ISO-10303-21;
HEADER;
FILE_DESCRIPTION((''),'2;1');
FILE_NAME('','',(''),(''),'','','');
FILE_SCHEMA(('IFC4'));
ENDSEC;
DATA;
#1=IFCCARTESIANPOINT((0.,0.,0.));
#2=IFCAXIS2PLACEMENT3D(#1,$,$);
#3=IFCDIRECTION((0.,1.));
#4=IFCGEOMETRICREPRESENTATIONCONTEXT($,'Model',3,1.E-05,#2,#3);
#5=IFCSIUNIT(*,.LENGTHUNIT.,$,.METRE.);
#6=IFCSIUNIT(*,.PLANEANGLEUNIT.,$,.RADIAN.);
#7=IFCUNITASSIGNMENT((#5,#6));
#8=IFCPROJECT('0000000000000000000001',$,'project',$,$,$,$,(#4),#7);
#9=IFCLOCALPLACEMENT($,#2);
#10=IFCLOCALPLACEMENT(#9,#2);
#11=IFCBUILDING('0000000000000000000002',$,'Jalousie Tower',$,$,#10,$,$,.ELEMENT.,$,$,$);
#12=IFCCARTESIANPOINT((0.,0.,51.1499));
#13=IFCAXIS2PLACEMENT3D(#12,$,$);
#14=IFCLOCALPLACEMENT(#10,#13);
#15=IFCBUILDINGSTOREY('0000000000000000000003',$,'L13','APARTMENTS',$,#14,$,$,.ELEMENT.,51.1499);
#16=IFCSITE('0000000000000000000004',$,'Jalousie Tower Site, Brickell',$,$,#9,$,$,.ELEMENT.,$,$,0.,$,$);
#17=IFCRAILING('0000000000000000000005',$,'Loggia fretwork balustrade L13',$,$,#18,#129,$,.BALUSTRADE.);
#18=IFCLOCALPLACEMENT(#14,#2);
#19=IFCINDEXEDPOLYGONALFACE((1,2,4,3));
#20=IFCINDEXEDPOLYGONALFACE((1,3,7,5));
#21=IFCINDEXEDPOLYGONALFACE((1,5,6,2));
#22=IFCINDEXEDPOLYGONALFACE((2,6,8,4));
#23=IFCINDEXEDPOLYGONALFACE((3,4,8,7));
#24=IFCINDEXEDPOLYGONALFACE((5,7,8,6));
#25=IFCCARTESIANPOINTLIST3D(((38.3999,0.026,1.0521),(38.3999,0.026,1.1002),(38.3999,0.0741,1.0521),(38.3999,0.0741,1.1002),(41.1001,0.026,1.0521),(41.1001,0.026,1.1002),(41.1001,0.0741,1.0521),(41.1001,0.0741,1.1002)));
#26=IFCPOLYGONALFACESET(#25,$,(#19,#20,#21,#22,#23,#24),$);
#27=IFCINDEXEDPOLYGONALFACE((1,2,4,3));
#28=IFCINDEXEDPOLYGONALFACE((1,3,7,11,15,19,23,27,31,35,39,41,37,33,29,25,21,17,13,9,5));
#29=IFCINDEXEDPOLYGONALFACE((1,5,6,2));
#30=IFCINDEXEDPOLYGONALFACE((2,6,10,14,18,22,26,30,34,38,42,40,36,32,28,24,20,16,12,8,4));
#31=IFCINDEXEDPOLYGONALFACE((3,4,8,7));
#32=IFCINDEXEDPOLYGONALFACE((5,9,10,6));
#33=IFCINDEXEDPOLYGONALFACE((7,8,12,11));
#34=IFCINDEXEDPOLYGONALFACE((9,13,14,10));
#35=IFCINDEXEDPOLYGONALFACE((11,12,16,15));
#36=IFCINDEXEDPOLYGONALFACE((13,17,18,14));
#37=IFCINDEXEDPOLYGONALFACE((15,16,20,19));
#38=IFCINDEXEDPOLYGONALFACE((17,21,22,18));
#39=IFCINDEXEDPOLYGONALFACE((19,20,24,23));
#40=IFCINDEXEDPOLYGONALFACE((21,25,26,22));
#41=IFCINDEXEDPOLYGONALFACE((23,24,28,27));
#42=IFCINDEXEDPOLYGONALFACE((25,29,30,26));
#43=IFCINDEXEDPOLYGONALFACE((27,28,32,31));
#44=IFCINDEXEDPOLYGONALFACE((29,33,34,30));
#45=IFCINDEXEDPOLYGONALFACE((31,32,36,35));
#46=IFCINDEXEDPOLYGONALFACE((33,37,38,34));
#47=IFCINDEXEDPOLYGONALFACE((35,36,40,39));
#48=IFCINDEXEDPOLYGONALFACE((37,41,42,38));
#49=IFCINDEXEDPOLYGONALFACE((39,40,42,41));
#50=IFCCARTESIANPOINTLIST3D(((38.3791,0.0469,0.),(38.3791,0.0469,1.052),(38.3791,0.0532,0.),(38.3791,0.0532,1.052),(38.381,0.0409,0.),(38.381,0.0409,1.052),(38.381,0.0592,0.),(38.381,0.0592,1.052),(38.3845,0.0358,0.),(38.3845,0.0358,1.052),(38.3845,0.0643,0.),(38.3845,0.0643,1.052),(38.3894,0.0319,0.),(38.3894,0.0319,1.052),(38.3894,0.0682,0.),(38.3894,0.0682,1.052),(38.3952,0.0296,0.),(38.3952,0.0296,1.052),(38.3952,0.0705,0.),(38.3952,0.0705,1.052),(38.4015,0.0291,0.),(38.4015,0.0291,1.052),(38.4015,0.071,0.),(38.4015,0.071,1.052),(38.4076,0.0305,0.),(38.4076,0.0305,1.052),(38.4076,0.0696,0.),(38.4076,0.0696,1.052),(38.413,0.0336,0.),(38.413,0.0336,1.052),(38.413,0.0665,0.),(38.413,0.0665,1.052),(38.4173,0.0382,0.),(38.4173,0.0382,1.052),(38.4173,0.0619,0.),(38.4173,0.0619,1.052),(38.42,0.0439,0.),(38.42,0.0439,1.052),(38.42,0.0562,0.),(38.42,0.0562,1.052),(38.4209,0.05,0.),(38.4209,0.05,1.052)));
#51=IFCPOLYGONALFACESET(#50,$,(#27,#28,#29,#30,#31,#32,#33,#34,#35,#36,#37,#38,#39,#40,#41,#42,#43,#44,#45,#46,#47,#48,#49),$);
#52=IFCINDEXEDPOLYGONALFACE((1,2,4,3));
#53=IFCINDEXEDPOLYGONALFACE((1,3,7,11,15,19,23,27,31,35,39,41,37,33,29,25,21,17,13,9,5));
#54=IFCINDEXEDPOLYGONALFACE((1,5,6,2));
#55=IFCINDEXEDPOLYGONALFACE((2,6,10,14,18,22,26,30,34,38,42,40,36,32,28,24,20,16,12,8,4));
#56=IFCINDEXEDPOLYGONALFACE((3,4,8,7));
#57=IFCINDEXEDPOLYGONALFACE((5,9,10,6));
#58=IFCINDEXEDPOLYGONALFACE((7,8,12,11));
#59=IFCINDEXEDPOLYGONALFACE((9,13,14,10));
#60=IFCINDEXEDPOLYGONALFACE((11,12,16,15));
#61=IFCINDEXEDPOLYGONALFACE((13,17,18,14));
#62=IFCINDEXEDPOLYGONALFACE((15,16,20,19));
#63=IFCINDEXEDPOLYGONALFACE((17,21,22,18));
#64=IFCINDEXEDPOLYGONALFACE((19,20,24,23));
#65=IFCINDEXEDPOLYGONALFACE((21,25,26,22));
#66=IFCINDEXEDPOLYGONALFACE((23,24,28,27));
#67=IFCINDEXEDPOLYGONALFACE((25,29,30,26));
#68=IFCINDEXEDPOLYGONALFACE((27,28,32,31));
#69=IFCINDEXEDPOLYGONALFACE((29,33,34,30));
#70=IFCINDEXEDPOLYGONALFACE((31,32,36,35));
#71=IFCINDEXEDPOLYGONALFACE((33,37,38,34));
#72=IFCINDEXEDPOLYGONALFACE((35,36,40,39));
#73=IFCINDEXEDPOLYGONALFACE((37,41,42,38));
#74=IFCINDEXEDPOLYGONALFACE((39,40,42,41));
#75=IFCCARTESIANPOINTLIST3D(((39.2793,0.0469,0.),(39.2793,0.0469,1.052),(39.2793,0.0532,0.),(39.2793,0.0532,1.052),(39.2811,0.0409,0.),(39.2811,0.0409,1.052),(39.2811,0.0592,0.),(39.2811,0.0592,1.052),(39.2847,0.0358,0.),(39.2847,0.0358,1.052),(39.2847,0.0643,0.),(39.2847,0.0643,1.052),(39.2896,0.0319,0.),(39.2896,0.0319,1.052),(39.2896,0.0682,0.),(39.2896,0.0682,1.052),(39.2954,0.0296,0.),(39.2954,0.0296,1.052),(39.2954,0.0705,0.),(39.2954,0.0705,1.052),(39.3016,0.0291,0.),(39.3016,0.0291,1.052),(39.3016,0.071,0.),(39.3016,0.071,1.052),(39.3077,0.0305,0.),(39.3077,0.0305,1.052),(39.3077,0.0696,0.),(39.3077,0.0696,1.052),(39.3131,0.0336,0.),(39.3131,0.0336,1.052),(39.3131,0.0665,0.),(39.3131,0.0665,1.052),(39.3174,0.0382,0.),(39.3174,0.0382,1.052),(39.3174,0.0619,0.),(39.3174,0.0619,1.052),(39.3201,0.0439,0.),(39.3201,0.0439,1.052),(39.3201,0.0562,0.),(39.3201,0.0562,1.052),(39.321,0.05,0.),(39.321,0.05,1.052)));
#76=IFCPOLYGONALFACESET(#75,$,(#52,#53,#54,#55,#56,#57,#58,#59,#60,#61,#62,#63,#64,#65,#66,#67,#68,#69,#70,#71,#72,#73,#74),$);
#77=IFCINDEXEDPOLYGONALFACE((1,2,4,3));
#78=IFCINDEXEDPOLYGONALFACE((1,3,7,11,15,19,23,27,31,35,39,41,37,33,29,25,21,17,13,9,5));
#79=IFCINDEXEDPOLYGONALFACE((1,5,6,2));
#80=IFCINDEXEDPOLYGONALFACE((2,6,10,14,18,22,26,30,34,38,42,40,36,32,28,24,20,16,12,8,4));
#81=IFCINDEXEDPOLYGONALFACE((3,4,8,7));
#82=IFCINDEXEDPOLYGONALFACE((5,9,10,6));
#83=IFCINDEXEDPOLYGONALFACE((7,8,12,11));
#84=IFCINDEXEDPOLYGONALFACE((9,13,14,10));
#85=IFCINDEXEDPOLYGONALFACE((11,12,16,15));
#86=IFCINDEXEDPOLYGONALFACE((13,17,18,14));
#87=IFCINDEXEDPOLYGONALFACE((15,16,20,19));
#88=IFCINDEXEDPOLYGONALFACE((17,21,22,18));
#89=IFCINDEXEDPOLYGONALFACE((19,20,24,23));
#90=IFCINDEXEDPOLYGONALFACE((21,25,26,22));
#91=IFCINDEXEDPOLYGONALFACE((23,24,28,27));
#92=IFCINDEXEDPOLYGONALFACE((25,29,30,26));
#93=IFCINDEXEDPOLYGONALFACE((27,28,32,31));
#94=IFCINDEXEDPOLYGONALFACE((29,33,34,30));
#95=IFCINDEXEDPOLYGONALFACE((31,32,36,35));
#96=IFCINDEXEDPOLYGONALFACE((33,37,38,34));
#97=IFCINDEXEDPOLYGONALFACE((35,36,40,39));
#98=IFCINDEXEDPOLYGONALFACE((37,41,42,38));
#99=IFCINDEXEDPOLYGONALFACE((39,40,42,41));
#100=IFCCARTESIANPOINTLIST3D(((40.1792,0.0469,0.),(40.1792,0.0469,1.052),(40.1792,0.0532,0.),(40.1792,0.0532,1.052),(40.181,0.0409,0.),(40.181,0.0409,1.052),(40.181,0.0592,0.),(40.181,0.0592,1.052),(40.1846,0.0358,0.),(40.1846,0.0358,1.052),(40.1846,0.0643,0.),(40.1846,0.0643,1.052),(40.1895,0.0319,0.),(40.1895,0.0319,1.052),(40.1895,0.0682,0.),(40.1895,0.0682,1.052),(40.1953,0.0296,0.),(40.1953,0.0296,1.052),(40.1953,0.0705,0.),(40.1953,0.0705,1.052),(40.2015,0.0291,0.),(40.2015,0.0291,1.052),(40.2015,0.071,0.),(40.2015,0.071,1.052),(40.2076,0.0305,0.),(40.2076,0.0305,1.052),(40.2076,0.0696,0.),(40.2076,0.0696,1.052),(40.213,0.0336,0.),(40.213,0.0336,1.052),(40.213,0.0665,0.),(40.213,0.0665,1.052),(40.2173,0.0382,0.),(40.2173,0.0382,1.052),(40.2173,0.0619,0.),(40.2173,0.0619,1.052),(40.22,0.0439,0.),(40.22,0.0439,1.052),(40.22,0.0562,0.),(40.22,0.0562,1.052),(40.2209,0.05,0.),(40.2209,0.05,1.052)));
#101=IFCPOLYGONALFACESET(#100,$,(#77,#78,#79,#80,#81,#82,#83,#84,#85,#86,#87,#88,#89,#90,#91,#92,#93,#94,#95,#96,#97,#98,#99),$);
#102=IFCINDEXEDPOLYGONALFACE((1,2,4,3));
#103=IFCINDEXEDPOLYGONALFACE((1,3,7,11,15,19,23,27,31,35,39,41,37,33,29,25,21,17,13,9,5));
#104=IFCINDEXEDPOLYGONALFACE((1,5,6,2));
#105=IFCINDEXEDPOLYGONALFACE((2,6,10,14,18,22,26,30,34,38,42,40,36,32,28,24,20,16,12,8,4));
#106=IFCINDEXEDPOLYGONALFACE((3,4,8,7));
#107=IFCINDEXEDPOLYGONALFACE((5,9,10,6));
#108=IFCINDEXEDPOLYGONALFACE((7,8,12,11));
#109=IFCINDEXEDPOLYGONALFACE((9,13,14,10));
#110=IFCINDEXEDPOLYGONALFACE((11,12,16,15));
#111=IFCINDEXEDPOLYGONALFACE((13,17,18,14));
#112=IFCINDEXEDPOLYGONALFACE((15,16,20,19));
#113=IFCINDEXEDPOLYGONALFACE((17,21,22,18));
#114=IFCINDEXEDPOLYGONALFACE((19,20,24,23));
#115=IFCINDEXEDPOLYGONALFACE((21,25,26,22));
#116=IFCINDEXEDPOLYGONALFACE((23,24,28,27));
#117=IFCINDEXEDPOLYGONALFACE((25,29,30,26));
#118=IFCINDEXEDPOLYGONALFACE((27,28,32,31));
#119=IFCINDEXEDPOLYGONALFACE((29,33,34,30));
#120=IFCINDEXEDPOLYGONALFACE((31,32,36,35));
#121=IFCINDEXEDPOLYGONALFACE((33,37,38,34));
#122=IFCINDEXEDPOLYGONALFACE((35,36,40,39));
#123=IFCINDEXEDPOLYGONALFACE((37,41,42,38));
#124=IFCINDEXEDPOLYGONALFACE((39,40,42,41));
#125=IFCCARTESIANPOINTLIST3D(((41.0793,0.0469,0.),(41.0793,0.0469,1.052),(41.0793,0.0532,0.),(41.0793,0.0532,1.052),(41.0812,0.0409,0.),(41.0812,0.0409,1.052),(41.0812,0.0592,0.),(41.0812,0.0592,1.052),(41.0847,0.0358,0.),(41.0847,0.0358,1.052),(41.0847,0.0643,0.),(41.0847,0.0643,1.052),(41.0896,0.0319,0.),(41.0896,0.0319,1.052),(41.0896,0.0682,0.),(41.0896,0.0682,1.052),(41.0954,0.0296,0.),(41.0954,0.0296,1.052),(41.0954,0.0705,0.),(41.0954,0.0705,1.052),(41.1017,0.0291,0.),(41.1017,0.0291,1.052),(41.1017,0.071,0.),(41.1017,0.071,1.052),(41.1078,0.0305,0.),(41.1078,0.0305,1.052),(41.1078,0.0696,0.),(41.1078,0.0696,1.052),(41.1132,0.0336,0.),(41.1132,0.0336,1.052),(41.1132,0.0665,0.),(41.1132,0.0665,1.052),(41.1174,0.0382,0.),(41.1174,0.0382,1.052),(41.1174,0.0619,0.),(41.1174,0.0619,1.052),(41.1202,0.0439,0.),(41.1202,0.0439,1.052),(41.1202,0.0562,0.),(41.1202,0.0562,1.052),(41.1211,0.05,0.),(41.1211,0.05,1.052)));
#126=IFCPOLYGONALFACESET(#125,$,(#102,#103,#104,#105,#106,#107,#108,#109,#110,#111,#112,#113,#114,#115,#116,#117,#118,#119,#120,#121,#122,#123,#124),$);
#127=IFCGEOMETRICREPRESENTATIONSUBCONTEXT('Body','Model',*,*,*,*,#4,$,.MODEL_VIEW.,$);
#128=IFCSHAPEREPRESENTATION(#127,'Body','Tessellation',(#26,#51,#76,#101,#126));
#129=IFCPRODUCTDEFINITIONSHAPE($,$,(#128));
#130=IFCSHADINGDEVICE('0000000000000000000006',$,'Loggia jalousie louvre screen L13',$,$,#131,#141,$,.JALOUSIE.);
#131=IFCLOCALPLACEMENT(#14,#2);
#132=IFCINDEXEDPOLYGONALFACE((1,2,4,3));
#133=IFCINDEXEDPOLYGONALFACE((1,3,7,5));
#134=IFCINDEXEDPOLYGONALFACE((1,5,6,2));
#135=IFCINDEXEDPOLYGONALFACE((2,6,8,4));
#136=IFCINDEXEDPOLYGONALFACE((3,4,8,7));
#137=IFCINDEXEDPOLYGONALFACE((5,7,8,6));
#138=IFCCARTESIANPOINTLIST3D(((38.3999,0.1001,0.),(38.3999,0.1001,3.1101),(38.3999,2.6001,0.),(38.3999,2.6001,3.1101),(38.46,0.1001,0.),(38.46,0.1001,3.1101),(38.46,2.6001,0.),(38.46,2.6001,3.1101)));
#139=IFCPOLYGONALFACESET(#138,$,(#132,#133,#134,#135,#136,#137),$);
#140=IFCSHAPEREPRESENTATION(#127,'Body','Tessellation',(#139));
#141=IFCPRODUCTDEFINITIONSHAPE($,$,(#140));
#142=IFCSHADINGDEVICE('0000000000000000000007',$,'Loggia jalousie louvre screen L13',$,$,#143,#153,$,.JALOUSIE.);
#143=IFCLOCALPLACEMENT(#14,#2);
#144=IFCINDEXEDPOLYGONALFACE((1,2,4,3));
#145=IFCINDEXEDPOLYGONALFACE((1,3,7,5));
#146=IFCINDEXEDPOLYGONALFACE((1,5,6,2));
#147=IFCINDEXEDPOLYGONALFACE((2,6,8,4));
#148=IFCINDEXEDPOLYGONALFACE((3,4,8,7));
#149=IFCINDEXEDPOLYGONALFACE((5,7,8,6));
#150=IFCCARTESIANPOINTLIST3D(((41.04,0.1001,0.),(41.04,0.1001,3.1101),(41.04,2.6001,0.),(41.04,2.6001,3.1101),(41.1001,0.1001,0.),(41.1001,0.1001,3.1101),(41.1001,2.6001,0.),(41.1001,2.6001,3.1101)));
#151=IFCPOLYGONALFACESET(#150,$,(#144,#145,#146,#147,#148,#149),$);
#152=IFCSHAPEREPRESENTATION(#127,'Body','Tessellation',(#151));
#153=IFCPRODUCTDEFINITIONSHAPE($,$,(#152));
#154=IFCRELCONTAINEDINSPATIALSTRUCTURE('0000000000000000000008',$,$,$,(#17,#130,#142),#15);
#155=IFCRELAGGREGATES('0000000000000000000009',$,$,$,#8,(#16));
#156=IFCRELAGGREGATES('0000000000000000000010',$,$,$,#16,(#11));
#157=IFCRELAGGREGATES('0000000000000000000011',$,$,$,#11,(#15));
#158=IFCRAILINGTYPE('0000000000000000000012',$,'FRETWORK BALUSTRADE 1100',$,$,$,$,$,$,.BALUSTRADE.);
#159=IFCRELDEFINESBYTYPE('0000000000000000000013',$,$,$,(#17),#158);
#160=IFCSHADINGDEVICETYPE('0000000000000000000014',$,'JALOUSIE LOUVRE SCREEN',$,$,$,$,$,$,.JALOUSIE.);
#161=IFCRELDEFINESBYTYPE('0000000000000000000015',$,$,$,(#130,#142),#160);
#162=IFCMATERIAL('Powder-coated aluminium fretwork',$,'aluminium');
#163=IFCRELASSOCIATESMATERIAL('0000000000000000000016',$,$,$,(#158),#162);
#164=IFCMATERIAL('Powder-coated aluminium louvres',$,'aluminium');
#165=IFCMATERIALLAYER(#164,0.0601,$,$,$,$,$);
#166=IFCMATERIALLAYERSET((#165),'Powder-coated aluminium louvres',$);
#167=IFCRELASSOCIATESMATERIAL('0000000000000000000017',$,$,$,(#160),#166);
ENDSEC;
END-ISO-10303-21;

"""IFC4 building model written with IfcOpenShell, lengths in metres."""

from ifc_helpers import new_model, si_unit, direction, frame, origin, origin_2d, place, context, subcontext, project, spatial, rectangle, circle, extrude, material, layer, layer_set, type_object, element, save


model = new_model("IFC4")

# Units and contexts
model_context = context("Model", 3, precision=1e-05, world=origin(), true_north=direction((0.0, 1.0)))
body_context = subcontext(model_context, "Body", "Model", "MODEL_VIEW")
ifc_project = project(units=[si_unit("LENGTHUNIT", "METRE"), si_unit("PLANEANGLEUNIT", "RADIAN")], contexts=[model_context])

# Site, building, storey
site_placement = place(None, origin())
site = spatial("IfcSite", under=ifc_project, at=site_placement, Name="Jalousie Tower Site, Brickell", CompositionType="ELEMENT", RefElevation=0.0)
building_placement = place(site_placement, origin())
building = spatial("IfcBuilding", under=site, at=building_placement, Name="Jalousie Tower", CompositionType="ELEMENT")
storey_placement = place(building_placement, frame((0.0, 0.0, 51.1499)))
storey = spatial("IfcBuildingStorey", under=building, at=storey_placement, Name="L13", Description="APARTMENTS", CompositionType="ELEMENT", Elevation=51.1499)

# Railing
ifc_material_1 = material(Name="Powder-coated aluminium fretwork", Category="aluminium")
railing_type = type_object("IfcRailingType", Name="FRETWORK BALUSTRADE 1100", PredefinedType="BALUSTRADE", material=ifc_material_1)
railing_placement = place(storey_placement, frame((38.3999, 0.05, 0.0)))
element("IfcRailing", 1, at=railing_placement, inside=storey, type_object=railing_type, Name="Loggia fretwork balustrade L13", PredefinedType="BALUSTRADE", context=body_context, shape_type="SweptSolid", body=[
    extrude(rectangle(XDim=0.0481, YDim=0.0481, at=origin_2d()), frame((0.0, 0.0, 1.0762), z_axis=(1.0, 0.0, 0.0), x_axis=(0.0, 1.0, 0.0)), (0.0, 0.0, 1.0), 2.7002),
    extrude(circle(Radius=0.021, at=origin_2d()), origin(), (0.0, 0.0, 1.0), 1.052),
    extrude(circle(Radius=0.021, at=origin_2d()), frame((0.9001, 0.0, 0.0)), (0.0, 0.0, 1.0), 1.052),
    extrude(circle(Radius=0.021, at=origin_2d()), frame((1.8, 0.0, 0.0)), (0.0, 0.0, 1.0), 1.052),
    extrude(circle(Radius=0.021, at=origin_2d()), frame((2.7002, 0.0, 0.0)), (0.0, 0.0, 1.0), 1.052),
])

# Shading devices
ifc_material_2 = material(Name="Powder-coated aluminium louvres", Category="aluminium")
ifc_layer_1 = layer(ifc_material_2, 0.0601)
ifc_layer_set_1 = layer_set([ifc_layer_1], Name="Powder-coated aluminium louvres")
shading_device_type_1 = type_object("IfcShadingDeviceType", Name="JALOUSIE LOUVRE SCREEN", PredefinedType="JALOUSIE", material=ifc_layer_set_1)
for number, where, z_axis, x_axis, name in (
    (2, (38.4299, 1.3501, 0.0), (0.0, 0.0, 1.0), (1.0, 0.0, 0.0), "Loggia jalousie louvre screen L13"),
    (3, (41.0701, 1.3501, 0.0), (0.0, 0.0, 1.0), (1.0, 0.0, 0.0), "Loggia jalousie louvre screen L13"),
):
    element("IfcShadingDevice", number, at=place(storey_placement, frame(where, z_axis=z_axis, x_axis=x_axis)), inside=storey, type_object=shading_device_type_1, Name=name, PredefinedType="JALOUSIE", context=body_context, shape_type="SweptSolid", body=[
        extrude(rectangle(XDim=0.0601, YDim=2.5, at=origin_2d()), origin(), (0.0, 0.0, 1.0), 3.1101),
    ])

save(model, "model.ifc")
